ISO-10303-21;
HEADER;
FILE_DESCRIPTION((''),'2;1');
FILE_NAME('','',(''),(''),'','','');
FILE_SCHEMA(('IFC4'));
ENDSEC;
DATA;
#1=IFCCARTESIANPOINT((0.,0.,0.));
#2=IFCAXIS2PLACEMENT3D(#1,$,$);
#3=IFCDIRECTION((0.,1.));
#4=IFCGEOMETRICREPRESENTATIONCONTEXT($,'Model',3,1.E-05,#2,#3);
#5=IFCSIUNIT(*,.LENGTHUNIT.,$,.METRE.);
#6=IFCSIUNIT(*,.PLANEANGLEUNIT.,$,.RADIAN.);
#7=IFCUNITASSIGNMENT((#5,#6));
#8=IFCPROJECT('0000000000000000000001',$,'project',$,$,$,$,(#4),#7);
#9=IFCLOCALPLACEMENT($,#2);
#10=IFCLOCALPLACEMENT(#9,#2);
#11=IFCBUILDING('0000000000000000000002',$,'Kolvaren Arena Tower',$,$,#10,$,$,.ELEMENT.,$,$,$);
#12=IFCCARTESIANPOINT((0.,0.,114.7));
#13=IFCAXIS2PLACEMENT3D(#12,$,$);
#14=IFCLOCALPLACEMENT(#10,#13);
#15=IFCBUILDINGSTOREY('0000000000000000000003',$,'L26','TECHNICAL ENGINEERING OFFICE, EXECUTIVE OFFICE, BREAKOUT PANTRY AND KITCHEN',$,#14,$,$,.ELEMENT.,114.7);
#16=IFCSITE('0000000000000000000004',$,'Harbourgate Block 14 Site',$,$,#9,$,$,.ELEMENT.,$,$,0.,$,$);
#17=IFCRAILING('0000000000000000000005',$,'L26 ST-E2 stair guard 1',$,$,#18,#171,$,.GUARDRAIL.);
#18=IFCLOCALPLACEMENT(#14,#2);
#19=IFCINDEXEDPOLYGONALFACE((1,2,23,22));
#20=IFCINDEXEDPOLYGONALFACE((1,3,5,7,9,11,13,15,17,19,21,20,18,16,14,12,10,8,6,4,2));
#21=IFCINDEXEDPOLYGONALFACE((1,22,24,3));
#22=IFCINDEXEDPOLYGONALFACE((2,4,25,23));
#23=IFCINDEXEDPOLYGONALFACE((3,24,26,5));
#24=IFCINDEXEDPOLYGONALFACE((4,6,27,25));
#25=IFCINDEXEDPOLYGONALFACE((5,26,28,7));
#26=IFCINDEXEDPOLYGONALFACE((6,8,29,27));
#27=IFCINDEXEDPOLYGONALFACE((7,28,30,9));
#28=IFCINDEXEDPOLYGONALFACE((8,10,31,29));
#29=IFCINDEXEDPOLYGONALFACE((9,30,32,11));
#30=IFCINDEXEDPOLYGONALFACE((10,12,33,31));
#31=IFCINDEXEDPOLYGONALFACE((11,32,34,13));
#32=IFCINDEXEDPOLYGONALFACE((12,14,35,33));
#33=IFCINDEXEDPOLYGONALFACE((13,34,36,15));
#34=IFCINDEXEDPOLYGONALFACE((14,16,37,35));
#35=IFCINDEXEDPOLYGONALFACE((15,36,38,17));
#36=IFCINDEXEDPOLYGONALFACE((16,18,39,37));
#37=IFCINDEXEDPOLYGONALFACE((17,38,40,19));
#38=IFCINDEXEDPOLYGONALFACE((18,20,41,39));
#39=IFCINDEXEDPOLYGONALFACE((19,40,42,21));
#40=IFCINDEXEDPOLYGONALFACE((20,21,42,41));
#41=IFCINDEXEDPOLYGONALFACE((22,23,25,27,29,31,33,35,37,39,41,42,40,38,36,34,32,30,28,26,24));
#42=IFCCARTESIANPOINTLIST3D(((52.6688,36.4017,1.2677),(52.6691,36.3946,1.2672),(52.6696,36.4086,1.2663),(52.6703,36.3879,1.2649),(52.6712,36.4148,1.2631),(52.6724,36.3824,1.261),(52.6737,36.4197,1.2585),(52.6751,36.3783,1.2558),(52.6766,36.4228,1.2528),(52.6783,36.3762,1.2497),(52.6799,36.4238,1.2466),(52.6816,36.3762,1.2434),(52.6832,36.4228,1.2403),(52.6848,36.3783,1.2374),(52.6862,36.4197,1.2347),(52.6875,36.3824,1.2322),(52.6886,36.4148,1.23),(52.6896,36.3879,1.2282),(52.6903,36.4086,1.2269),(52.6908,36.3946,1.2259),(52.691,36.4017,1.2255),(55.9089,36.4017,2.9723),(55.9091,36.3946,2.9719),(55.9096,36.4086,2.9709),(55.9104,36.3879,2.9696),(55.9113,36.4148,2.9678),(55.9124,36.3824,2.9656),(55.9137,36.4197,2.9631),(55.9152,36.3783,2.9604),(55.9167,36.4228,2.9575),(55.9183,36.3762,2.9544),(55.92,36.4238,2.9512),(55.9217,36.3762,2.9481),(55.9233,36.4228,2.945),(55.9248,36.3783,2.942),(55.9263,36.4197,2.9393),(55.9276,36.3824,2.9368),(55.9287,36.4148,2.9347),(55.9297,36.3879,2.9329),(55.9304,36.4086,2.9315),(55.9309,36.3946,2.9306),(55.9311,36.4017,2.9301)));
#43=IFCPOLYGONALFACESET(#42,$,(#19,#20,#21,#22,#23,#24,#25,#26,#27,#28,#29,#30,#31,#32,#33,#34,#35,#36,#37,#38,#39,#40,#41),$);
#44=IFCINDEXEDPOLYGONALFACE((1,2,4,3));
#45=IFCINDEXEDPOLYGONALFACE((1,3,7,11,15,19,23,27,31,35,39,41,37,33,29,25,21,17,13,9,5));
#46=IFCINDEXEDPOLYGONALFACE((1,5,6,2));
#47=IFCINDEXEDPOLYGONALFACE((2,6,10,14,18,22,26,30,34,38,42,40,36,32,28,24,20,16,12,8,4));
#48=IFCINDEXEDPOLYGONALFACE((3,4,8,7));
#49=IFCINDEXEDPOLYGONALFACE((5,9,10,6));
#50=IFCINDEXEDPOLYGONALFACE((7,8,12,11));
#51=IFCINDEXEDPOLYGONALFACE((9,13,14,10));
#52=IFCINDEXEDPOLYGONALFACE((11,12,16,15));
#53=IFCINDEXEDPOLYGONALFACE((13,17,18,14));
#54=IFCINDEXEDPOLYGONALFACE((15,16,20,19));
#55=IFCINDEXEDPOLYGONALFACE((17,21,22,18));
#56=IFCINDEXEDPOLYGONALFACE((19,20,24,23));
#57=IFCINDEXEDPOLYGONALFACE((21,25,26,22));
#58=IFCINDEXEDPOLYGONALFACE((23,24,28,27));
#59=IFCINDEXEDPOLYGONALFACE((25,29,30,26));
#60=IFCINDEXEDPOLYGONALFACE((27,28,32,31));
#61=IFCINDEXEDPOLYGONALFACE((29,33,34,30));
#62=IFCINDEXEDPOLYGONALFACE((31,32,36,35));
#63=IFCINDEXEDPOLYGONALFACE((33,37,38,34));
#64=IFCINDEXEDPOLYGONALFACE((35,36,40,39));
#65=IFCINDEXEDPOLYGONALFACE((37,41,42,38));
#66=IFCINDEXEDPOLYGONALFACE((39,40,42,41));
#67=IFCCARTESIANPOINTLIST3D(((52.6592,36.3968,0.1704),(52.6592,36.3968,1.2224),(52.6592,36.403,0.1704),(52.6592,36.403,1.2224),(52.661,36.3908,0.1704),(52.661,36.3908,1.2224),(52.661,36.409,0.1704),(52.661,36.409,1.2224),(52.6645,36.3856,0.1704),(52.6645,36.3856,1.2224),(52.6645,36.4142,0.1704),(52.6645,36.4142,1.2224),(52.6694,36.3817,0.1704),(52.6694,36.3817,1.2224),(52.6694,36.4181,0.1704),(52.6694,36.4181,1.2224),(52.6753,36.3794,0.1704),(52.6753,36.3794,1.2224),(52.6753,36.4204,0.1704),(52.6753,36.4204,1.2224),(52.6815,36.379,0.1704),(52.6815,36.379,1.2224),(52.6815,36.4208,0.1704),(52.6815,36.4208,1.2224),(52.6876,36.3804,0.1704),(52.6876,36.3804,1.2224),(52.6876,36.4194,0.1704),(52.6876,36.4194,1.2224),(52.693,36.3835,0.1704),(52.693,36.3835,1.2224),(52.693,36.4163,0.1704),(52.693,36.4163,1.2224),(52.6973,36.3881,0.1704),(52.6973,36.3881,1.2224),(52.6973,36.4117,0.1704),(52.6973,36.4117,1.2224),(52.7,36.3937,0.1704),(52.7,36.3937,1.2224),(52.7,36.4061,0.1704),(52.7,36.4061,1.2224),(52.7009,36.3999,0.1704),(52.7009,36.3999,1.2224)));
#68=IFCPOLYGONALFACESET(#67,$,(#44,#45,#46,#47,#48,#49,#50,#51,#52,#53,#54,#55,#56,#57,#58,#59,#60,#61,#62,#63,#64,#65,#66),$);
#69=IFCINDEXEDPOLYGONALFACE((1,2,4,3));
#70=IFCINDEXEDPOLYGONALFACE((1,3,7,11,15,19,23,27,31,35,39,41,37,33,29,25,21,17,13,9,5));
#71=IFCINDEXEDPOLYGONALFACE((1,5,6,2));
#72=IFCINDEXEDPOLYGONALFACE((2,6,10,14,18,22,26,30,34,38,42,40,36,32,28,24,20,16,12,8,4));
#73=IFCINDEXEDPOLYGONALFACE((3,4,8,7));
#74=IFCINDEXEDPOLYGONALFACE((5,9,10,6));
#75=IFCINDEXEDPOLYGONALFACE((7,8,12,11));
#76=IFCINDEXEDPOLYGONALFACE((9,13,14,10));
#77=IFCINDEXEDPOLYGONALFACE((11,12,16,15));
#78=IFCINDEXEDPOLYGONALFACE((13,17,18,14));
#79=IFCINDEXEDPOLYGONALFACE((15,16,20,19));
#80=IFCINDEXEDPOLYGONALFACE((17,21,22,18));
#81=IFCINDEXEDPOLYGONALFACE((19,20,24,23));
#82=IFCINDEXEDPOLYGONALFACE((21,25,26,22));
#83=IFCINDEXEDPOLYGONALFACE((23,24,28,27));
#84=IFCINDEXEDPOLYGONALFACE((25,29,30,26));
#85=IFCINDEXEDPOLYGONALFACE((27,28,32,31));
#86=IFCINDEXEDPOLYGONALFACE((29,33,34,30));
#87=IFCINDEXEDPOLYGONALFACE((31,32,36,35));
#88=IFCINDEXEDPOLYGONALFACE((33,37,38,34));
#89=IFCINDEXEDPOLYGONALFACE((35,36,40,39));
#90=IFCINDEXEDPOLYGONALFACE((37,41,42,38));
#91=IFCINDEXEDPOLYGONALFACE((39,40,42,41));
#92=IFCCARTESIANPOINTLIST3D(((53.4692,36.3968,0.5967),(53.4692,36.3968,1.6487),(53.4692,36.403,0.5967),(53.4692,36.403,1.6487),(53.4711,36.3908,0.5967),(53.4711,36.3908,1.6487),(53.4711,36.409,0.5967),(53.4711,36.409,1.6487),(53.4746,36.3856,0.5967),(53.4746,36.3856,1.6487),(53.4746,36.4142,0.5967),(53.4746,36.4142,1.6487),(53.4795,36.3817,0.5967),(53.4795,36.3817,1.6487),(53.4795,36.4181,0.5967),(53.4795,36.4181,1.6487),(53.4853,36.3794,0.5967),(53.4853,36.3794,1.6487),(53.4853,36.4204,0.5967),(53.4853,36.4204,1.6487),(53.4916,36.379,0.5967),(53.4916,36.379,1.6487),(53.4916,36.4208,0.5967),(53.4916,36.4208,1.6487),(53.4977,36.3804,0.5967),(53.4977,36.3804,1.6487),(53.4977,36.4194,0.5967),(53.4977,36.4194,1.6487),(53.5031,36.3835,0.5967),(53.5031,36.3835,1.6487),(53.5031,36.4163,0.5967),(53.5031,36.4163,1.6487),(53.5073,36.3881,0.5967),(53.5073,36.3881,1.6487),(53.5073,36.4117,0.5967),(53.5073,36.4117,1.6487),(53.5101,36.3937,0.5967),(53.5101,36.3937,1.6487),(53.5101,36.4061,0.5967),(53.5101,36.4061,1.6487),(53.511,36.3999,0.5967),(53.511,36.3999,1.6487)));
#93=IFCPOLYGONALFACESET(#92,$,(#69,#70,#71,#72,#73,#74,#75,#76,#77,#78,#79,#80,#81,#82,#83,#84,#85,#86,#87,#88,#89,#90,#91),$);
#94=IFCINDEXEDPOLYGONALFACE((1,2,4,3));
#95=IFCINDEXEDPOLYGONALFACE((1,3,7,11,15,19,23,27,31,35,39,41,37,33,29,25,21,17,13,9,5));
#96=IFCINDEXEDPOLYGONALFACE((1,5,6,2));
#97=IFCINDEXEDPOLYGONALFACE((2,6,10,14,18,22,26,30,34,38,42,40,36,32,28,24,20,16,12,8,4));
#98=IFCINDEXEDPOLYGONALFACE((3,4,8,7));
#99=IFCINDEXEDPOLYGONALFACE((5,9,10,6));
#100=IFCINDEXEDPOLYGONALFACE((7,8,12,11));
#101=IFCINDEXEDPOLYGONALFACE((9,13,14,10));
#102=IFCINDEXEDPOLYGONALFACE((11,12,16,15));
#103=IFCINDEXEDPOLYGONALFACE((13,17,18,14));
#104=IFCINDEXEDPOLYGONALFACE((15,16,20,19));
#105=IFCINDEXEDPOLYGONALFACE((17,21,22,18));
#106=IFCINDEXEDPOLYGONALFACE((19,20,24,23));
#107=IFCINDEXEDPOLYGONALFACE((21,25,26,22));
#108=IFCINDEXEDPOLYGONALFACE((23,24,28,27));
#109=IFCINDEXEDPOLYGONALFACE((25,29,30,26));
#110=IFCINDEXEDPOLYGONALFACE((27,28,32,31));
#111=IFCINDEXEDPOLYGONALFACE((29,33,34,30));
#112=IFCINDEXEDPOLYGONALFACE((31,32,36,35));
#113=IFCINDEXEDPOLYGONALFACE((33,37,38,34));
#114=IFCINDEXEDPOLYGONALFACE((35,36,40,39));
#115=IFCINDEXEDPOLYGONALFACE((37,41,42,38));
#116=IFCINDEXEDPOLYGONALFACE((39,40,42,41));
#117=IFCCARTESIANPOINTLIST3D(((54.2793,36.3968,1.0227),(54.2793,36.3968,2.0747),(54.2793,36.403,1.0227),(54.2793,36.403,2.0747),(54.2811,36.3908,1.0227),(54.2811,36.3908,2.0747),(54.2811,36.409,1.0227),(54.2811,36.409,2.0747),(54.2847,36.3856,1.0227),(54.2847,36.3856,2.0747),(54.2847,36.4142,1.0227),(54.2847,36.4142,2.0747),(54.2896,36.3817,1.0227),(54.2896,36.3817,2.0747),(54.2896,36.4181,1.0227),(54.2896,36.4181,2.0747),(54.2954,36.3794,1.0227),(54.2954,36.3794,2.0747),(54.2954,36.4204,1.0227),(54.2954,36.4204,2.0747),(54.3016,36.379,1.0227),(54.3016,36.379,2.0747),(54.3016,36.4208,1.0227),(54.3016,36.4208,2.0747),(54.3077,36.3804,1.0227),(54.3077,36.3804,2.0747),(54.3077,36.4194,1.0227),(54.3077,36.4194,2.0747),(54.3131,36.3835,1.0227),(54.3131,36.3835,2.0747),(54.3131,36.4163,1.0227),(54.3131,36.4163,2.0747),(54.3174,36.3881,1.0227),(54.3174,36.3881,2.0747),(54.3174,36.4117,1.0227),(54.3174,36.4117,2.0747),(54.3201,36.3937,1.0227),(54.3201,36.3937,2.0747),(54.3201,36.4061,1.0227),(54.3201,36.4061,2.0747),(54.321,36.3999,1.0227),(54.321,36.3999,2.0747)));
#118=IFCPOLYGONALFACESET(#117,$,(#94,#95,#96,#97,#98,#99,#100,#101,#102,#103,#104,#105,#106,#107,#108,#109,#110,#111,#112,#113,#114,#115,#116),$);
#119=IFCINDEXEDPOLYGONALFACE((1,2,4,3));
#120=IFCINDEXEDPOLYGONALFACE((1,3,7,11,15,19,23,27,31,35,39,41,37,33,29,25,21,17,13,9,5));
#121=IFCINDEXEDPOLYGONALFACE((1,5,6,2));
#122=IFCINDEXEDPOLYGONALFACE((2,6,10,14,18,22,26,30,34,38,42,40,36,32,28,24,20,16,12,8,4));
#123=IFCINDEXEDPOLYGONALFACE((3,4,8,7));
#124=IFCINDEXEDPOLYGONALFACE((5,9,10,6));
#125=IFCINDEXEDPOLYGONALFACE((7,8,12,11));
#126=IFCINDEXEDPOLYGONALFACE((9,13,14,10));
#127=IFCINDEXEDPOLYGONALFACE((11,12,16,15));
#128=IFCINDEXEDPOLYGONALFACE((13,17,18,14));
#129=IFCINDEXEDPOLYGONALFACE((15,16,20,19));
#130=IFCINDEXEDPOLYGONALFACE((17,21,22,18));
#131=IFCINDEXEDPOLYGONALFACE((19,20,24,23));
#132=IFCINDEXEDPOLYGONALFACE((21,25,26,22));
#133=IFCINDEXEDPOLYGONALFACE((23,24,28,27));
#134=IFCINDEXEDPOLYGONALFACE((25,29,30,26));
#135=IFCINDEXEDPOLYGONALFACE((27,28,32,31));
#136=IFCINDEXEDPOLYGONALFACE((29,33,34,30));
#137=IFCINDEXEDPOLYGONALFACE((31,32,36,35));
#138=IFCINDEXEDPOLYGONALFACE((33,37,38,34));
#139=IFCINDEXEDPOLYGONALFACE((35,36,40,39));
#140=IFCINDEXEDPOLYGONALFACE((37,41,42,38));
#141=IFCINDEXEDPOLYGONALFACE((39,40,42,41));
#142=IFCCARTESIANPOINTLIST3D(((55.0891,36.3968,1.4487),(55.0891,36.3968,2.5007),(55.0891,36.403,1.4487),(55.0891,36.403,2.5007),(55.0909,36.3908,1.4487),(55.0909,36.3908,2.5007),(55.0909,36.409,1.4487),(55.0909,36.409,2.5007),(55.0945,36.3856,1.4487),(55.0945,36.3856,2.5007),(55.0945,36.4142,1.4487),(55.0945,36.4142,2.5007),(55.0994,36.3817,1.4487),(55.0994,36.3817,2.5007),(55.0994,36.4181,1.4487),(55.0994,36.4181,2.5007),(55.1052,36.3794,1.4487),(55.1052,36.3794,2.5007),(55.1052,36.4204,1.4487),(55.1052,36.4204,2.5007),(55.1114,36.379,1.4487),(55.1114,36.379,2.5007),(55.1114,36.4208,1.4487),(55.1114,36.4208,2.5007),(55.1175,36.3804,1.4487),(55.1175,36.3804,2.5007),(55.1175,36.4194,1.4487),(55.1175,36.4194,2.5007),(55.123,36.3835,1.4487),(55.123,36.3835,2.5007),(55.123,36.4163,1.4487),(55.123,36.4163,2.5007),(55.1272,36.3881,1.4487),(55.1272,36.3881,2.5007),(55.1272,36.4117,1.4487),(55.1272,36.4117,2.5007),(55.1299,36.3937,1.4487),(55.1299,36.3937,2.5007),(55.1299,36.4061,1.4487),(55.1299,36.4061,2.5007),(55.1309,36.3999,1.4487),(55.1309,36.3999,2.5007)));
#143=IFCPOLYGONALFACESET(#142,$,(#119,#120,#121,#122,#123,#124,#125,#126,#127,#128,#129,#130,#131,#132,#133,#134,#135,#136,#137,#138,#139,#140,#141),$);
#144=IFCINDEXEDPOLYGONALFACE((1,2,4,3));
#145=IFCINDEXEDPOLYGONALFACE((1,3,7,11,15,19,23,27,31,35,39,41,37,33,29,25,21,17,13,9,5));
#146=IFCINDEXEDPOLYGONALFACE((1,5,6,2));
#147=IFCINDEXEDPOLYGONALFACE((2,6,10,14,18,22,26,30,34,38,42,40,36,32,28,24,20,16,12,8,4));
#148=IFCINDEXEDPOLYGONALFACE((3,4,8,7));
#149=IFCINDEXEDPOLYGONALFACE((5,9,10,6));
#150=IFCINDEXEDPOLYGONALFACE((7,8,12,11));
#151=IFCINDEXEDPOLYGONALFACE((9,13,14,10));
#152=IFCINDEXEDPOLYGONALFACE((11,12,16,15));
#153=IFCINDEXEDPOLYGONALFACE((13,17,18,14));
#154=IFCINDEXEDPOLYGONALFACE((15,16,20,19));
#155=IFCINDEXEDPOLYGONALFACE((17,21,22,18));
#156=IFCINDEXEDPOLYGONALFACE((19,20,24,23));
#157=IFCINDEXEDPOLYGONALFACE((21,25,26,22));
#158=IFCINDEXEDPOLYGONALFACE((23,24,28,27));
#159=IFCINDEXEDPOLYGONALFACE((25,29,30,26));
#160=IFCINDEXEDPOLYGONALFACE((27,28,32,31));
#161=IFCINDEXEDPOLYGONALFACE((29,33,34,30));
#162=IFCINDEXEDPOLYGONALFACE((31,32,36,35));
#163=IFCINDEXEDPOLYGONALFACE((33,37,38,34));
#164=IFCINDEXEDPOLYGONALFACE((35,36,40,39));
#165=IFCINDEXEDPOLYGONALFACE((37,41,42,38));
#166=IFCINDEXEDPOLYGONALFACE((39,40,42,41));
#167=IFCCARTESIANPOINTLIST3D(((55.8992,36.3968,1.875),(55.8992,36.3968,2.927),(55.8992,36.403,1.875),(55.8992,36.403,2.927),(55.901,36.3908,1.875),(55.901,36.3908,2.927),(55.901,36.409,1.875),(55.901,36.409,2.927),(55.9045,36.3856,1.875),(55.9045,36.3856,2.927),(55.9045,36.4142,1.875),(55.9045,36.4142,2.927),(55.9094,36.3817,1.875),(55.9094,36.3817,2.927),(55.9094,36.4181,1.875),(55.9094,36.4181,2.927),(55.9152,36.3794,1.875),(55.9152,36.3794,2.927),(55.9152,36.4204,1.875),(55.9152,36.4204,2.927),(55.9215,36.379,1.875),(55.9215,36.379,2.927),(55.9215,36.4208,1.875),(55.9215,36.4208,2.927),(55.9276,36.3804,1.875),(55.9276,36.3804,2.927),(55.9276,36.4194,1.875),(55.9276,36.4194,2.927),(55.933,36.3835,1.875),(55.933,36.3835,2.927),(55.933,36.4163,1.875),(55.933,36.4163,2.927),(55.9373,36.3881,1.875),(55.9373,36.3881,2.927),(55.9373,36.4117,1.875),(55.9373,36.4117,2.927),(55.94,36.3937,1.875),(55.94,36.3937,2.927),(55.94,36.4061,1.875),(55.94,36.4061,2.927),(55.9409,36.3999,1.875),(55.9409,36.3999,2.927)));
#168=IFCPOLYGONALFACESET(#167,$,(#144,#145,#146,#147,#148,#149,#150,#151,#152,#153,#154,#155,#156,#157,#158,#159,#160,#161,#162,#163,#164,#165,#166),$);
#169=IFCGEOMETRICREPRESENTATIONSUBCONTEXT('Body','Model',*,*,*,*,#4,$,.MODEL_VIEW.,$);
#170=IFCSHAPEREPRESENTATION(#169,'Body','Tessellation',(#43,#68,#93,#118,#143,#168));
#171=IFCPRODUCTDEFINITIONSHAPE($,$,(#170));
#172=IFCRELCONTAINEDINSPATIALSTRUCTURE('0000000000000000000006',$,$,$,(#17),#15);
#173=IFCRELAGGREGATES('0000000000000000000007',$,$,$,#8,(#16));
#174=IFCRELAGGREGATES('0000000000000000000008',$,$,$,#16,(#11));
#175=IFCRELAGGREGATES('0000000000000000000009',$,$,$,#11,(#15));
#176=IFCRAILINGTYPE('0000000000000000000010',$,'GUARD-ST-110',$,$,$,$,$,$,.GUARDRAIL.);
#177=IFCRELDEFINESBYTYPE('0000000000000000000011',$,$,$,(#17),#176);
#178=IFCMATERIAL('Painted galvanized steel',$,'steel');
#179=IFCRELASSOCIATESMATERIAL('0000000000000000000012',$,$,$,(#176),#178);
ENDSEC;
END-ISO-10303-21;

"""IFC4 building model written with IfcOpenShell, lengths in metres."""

from ifc_helpers import new_model, si_unit, direction, frame, origin, origin_2d, place, context, subcontext, project, spatial, circle, extrude, material, type_object, element, save


model = new_model("IFC4")

# Units and contexts
model_context = context("Model", 3, precision=1e-05, world=origin(), true_north=direction((0.0, 1.0)))
body_context = subcontext(model_context, "Body", "Model", "MODEL_VIEW")
ifc_project = project(units=[si_unit("LENGTHUNIT", "METRE"), si_unit("PLANEANGLEUNIT", "RADIAN")], contexts=[model_context])

# Site, building, storey
site_placement = place(None, origin())
site = spatial("IfcSite", under=ifc_project, at=site_placement, Name="Harbourgate Block 14 Site", CompositionType="ELEMENT", RefElevation=0.0)
building_placement = place(site_placement, origin())
building = spatial("IfcBuilding", under=site, at=building_placement, Name="Kolvaren Arena Tower", CompositionType="ELEMENT")
storey_placement = place(building_placement, frame((0.0, 0.0, 114.7)))
storey = spatial("IfcBuildingStorey", under=building, at=storey_placement, Name="L26", Description="TECHNICAL ENGINEERING OFFICE, EXECUTIVE OFFICE, BREAKOUT PANTRY AND KITCHEN", CompositionType="ELEMENT", Elevation=114.7)

# Railing
ifc_material_1 = material(Name="Painted galvanized steel", Category="steel")
railing_type_1 = type_object("IfcRailingType", Name="GUARD-ST-110", PredefinedType="GUARDRAIL", material=ifc_material_1)
railing_1_placement = place(storey_placement, frame((52.6799, 36.3999, 0.1704)))
element("IfcRailing", 1, at=railing_1_placement, inside=storey, type_object=railing_type_1, Name="L26 ST-E2 stair guard 1", PredefinedType="GUARDRAIL", context=body_context, shape_type="SweptSolid", body=[
    extrude(circle(Radius=0.0239, at=origin_2d()), frame((0.0, 0.0, 1.0762), z_axis=(0.884993, 0.0, 0.465604), x_axis=(0.0, 1.0, 0.0)), (0.0, 0.0, 1.0), 3.6611),
    extrude(circle(Radius=0.021, at=origin_2d()), origin(), (0.0, 0.0, 1.0), 1.052),
    extrude(circle(Radius=0.021, at=origin_2d()), frame((0.8101, 0.0, 0.4263)), (0.0, 0.0, 1.0), 1.052),
    extrude(circle(Radius=0.021, at=origin_2d()), frame((1.6201, 0.0, 0.8523)), (0.0, 0.0, 1.0), 1.052),
    extrude(circle(Radius=0.021, at=origin_2d()), frame((2.4299, 0.0, 1.2783)), (0.0, 0.0, 1.0), 1.052),
    extrude(circle(Radius=0.021, at=origin_2d()), frame((3.24, 0.0, 1.7046)), (0.0, 0.0, 1.0), 1.052),
])

save(model, "model.ifc")
